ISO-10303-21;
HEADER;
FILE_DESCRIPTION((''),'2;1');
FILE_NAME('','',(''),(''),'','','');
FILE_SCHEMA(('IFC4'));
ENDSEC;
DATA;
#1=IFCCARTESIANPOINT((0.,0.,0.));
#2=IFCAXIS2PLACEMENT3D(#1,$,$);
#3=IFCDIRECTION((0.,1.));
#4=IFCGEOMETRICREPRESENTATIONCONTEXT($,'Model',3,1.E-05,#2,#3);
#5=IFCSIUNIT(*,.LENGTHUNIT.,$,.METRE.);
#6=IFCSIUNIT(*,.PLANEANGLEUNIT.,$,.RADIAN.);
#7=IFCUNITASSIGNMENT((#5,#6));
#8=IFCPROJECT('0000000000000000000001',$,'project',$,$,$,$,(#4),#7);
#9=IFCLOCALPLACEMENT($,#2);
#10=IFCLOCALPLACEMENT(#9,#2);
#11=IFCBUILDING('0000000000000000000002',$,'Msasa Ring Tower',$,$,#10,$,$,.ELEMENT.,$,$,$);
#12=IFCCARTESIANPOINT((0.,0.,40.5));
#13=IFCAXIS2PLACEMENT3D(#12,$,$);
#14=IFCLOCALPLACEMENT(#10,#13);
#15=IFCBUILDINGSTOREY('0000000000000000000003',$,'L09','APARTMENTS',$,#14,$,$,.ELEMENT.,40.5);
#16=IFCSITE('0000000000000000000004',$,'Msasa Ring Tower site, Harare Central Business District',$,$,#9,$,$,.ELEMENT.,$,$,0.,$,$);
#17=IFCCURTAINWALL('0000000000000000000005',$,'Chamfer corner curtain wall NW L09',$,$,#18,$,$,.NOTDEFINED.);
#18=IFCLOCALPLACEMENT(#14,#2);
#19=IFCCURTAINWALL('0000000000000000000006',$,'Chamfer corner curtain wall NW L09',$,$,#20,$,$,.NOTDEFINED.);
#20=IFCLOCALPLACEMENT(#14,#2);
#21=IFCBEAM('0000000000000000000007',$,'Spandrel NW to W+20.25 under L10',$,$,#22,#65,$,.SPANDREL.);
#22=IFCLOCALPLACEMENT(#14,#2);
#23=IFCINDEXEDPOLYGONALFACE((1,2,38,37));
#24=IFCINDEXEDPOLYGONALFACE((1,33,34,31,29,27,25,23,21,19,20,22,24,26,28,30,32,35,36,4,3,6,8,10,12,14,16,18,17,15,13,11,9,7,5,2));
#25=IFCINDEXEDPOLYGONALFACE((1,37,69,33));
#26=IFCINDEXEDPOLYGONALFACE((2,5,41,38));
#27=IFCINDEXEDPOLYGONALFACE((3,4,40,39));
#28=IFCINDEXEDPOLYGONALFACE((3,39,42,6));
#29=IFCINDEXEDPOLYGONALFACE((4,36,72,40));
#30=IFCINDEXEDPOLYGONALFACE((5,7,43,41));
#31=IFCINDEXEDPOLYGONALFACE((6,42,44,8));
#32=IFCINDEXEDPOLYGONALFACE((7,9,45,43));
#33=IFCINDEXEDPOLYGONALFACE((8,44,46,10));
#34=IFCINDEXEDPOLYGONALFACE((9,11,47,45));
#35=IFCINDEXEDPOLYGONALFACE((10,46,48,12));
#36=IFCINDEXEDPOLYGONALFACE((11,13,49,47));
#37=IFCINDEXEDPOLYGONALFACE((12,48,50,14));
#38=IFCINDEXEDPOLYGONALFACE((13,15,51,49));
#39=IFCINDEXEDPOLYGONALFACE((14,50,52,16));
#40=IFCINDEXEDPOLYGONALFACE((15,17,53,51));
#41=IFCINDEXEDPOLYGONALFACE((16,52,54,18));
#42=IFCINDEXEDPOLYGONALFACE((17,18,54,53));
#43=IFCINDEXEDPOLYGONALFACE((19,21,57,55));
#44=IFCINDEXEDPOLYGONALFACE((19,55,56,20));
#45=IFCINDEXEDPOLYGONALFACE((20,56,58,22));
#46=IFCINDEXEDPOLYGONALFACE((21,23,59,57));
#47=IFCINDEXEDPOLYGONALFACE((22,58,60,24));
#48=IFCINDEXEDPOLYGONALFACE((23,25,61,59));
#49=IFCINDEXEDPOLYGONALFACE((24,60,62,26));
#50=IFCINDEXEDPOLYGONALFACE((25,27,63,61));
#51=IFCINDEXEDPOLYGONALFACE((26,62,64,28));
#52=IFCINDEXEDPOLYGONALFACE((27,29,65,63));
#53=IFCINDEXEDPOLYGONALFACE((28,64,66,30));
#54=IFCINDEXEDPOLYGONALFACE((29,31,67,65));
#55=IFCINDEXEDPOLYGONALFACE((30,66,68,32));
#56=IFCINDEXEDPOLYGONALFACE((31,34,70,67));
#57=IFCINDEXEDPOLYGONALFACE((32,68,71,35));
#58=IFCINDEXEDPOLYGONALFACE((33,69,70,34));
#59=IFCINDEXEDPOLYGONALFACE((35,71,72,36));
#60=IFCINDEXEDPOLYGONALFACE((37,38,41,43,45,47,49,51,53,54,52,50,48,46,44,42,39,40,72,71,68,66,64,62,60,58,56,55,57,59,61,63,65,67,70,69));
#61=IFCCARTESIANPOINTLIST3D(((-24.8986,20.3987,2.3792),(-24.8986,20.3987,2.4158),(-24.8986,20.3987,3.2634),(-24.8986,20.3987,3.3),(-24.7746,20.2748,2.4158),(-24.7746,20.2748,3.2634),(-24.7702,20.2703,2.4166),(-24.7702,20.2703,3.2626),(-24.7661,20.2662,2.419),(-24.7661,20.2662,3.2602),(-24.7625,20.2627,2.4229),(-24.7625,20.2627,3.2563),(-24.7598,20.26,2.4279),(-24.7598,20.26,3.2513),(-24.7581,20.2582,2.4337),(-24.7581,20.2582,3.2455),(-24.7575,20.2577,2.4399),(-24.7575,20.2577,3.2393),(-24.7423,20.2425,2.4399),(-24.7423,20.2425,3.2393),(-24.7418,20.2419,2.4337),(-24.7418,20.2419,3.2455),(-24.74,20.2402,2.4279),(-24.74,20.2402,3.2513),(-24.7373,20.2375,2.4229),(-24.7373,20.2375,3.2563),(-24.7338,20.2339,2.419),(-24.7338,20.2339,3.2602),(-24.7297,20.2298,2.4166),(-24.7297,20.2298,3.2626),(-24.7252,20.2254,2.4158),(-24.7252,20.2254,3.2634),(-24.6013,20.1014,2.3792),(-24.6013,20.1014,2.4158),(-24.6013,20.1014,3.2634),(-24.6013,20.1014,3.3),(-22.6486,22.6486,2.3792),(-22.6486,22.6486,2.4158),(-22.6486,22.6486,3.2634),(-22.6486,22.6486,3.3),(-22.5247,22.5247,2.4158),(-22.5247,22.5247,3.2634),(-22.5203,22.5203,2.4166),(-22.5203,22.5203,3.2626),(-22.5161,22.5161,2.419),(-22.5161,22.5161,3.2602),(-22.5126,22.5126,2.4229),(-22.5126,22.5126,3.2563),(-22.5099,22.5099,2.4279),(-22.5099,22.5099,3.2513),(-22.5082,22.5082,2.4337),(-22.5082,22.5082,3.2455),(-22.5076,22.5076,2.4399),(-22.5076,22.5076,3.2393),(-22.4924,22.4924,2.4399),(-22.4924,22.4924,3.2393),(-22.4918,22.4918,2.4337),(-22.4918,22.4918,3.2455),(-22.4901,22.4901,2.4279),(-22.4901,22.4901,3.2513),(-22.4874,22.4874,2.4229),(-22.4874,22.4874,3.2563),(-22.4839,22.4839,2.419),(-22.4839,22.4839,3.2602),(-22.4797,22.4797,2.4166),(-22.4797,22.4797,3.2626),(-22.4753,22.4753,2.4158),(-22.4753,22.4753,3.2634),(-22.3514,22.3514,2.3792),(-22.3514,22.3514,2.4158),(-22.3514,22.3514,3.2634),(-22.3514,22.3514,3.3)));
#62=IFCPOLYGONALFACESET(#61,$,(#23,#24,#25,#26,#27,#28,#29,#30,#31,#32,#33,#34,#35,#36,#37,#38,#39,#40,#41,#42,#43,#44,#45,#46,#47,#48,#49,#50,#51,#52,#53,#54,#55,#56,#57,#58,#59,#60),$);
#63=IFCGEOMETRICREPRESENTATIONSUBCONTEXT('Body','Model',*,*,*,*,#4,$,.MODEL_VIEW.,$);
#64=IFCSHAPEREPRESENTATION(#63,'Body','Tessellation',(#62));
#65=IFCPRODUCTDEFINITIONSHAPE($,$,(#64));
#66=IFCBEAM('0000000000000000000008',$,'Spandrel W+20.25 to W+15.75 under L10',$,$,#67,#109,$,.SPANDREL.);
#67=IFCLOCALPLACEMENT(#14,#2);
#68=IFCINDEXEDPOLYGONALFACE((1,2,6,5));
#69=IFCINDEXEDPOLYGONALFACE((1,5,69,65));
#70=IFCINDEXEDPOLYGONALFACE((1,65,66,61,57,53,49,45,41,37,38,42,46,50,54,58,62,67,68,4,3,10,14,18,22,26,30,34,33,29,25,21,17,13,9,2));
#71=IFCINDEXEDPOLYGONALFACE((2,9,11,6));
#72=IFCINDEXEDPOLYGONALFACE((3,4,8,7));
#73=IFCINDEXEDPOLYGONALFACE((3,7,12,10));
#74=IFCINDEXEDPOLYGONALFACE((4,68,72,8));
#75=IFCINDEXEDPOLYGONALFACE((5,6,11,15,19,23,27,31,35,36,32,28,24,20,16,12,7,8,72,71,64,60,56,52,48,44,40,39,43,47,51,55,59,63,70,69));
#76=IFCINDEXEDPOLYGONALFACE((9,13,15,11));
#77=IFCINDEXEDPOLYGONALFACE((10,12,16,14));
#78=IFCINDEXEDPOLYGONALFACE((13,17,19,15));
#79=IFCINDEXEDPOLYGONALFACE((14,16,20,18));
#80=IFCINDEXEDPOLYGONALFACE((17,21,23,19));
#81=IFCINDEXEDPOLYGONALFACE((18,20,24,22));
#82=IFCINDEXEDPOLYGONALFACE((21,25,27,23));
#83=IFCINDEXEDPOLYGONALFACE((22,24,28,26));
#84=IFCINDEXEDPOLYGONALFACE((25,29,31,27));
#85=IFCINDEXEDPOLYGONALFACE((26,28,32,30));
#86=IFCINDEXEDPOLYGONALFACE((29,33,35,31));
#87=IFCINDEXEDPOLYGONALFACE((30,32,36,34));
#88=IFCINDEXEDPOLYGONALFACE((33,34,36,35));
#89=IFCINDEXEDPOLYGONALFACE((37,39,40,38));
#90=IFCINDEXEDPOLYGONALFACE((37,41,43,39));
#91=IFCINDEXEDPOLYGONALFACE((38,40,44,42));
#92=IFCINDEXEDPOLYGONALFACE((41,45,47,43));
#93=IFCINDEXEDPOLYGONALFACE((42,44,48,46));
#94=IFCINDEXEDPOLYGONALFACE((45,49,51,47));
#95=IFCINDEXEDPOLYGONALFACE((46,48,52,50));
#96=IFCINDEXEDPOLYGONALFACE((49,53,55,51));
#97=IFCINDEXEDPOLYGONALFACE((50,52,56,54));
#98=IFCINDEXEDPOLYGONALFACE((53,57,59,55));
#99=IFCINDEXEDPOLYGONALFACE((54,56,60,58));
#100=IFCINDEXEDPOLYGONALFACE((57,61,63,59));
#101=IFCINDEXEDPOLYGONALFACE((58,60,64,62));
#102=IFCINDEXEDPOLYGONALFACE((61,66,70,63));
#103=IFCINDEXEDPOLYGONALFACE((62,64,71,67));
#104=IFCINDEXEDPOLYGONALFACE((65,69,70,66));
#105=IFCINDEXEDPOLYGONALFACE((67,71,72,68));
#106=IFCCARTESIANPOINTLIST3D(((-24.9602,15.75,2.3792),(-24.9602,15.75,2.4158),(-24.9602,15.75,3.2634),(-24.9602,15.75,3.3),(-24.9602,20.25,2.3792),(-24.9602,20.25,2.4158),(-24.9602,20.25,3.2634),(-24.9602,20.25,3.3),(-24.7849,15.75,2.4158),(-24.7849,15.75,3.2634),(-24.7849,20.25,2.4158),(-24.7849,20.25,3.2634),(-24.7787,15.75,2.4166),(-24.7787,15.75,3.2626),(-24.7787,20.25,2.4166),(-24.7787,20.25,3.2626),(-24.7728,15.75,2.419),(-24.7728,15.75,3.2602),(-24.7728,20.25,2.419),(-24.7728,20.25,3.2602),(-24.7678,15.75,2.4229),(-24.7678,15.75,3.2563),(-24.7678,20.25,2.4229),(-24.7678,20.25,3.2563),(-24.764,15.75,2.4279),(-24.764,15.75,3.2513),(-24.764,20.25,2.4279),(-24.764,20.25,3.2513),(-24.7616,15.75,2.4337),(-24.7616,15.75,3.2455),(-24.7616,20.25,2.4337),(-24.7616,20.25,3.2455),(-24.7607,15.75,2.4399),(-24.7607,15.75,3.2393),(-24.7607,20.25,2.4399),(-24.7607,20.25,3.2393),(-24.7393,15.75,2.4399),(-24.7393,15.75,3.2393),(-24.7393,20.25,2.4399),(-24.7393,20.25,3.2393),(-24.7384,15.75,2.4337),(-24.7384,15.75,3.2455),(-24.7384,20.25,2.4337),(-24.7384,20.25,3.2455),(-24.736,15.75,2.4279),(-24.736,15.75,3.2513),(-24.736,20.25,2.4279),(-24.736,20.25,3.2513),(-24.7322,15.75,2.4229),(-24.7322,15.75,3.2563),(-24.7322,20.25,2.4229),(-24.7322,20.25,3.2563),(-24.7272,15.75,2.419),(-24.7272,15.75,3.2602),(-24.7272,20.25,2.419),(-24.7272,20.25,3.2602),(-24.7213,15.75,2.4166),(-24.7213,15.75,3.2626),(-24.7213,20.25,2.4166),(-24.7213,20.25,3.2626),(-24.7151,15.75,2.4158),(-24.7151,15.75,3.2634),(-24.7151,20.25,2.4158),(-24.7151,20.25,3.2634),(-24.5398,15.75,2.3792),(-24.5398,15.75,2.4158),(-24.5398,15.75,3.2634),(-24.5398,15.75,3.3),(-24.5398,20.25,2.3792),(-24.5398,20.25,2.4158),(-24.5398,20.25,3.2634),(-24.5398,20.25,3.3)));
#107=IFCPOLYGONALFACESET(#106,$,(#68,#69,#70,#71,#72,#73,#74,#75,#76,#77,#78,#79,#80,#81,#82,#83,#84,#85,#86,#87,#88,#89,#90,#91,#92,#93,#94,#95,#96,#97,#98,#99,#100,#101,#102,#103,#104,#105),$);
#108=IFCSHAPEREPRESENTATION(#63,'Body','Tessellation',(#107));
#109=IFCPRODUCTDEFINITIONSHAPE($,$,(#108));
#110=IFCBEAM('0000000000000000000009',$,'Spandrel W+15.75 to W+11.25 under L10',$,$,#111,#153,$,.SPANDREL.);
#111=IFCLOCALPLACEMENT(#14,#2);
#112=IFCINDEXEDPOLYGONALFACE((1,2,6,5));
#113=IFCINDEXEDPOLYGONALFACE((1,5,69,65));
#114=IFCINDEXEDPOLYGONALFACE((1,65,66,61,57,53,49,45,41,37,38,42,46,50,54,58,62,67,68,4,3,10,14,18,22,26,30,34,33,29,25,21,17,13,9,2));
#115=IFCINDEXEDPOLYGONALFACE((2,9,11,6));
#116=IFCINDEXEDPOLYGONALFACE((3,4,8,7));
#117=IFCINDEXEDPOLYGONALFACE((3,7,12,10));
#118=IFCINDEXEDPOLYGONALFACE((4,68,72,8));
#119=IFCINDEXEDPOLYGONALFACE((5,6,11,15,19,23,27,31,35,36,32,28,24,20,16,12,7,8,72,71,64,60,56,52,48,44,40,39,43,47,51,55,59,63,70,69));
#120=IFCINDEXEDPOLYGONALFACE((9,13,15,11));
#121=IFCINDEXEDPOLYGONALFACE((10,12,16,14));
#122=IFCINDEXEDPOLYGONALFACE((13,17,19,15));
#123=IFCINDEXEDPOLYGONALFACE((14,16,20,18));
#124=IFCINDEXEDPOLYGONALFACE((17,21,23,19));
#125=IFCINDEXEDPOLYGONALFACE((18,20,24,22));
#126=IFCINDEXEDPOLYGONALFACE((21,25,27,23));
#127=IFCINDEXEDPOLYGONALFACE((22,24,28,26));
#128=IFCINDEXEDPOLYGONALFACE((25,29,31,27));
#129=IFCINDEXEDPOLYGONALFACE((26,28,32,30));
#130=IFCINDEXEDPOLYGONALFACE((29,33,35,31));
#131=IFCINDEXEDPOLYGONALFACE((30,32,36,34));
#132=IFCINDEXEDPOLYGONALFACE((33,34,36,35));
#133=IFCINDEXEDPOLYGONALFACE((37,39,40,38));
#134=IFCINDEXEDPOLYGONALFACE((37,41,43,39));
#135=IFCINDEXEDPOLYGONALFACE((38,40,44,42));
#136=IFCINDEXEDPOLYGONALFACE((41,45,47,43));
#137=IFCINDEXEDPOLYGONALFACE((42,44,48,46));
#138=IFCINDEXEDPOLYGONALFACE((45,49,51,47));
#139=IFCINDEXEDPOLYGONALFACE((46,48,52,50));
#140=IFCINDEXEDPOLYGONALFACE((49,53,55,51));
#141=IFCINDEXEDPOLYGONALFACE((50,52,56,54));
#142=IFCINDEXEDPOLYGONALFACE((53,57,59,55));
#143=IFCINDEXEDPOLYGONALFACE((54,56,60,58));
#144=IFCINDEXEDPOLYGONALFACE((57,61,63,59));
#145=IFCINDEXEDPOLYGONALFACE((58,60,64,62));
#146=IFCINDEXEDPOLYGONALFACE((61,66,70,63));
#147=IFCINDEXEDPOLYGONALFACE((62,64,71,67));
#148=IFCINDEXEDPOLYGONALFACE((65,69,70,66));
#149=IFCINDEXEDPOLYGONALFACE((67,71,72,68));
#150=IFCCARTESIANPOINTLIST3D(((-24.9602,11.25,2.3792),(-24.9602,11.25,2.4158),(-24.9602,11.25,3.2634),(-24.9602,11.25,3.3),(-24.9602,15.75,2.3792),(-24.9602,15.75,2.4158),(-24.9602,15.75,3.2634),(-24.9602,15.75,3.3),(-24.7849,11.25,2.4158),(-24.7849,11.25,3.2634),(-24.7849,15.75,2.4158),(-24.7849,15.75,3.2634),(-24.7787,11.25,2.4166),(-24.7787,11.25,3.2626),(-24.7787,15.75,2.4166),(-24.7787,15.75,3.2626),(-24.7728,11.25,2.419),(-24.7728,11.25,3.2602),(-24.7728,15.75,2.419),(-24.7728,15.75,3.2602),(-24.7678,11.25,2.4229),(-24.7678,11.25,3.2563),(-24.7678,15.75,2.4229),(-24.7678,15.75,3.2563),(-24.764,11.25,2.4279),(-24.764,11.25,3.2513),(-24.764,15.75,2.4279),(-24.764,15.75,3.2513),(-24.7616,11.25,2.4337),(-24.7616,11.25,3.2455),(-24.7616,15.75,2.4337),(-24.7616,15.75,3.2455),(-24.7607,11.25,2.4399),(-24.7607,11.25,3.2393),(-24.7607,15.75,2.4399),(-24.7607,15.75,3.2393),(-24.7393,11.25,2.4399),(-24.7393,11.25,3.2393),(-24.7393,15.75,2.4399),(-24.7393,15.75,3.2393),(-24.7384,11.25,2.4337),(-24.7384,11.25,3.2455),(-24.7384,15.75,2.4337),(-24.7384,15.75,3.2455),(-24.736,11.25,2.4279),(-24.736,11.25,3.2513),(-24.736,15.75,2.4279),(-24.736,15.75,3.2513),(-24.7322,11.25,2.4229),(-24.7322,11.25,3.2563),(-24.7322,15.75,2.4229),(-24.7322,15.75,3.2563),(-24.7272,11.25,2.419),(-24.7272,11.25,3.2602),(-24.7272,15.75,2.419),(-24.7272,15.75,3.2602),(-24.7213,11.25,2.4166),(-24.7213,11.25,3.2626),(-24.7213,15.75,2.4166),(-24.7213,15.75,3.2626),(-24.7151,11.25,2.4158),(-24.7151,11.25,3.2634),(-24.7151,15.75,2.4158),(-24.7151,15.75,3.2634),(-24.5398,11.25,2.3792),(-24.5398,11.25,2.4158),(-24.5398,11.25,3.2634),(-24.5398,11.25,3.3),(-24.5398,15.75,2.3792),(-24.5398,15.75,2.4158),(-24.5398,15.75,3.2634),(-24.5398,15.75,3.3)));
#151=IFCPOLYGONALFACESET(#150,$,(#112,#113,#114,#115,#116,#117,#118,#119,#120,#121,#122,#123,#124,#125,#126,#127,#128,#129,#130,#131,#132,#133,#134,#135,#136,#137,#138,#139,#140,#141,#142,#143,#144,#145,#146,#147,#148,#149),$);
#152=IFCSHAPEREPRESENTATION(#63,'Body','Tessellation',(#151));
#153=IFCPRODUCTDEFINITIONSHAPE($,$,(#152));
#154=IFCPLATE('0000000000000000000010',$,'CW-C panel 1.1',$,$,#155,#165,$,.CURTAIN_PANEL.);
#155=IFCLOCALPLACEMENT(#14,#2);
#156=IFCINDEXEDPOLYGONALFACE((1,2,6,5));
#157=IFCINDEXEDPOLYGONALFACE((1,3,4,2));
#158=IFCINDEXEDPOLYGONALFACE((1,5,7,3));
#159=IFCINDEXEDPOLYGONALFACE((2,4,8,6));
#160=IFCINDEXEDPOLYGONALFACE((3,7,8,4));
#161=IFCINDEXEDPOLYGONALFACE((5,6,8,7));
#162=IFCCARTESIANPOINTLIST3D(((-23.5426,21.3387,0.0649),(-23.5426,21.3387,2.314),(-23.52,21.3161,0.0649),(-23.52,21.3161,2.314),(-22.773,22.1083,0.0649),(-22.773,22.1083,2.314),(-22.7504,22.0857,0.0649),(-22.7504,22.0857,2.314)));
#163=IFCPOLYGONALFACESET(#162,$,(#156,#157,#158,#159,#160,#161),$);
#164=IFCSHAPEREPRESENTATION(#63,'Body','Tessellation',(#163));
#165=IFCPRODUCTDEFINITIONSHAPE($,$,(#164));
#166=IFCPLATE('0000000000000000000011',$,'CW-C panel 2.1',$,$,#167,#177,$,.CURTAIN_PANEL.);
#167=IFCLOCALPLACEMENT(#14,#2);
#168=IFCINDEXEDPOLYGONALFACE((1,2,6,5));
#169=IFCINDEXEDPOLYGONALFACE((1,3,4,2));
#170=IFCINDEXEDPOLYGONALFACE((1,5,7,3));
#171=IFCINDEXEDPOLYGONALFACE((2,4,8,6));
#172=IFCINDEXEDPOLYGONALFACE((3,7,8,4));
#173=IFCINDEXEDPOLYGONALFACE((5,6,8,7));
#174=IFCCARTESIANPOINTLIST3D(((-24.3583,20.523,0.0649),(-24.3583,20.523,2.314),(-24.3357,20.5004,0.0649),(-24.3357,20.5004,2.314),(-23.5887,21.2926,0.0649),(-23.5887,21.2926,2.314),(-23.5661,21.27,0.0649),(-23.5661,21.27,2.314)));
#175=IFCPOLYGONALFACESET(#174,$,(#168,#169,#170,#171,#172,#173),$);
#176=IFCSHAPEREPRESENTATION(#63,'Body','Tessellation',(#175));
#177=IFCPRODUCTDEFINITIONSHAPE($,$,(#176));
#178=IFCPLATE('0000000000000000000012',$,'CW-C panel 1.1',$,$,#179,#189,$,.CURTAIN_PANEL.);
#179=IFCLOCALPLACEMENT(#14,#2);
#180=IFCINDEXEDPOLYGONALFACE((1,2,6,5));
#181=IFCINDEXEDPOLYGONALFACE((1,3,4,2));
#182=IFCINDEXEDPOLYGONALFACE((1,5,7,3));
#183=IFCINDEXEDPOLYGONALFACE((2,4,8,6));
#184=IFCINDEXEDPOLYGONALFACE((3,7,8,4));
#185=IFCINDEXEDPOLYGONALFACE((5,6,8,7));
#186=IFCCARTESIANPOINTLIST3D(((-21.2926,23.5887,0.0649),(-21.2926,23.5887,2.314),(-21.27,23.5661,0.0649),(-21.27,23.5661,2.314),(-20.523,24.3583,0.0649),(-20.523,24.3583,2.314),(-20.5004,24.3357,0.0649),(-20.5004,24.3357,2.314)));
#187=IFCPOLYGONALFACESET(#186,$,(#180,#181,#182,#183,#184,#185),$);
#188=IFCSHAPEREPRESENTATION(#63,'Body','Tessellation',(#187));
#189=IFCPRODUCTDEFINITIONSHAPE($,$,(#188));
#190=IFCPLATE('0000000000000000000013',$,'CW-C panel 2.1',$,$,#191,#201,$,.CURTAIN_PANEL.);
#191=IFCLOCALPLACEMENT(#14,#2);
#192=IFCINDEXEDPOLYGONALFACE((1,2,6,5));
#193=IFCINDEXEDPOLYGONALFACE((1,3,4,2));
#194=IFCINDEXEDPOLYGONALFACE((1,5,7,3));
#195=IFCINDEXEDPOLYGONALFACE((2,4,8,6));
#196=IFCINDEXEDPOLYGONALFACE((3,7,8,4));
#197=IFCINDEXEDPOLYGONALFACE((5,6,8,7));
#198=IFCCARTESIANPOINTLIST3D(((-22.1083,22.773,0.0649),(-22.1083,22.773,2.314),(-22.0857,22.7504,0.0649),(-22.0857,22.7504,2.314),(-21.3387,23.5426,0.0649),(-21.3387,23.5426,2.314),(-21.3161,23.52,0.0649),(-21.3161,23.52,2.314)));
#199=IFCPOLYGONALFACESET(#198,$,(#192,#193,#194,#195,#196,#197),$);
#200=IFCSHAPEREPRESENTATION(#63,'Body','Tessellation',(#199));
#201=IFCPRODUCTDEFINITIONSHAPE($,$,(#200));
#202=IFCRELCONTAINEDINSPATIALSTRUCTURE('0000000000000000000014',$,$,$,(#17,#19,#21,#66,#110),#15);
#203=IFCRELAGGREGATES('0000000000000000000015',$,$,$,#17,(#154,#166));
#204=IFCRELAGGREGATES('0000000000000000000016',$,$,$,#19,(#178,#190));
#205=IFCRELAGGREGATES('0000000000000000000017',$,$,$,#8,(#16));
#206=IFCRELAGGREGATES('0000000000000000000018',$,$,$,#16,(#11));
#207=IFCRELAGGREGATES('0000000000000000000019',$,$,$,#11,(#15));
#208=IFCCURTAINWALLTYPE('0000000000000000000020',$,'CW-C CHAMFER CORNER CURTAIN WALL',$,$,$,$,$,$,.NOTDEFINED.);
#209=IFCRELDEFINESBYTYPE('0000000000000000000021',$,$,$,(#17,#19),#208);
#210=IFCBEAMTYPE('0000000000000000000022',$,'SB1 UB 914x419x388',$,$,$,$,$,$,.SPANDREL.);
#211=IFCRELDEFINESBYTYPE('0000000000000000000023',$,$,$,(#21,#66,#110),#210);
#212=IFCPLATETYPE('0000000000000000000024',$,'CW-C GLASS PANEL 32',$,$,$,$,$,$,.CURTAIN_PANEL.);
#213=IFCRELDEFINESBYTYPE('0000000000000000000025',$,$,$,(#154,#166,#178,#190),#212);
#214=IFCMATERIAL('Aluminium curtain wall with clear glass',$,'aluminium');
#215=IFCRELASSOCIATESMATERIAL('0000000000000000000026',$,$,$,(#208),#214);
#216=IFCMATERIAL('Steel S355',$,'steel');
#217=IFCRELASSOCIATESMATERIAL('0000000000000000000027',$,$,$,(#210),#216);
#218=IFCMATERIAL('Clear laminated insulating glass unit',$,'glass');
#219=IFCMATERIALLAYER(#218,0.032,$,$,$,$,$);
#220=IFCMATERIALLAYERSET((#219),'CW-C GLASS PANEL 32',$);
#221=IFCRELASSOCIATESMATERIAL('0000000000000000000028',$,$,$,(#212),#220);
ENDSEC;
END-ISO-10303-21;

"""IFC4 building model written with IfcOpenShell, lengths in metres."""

from ifc_helpers import new_model, si_unit, direction, frame, origin, origin_2d, place, context, subcontext, project, spatial, rectangle, i_section, extrude, material, layer, layer_set, material_profile, profile_set, type_object, element, aggregate, save


model = new_model("IFC4")

# Units and contexts
model_context = context("Model", 3, precision=1e-05, world=origin(), true_north=direction((0.0, 1.0)))
body_context = subcontext(model_context, "Body", "Model", "MODEL_VIEW")
ifc_project = project(units=[si_unit("LENGTHUNIT", "METRE"), si_unit("PLANEANGLEUNIT", "RADIAN")], contexts=[model_context])

# Site, building, storey
site_placement = place(None, origin())
site = spatial("IfcSite", under=ifc_project, at=site_placement, Name="Msasa Ring Tower site, Harare Central Business District", CompositionType="ELEMENT", RefElevation=0.0)
building_placement = place(site_placement, origin())
building = spatial("IfcBuilding", under=site, at=building_placement, Name="Msasa Ring Tower", CompositionType="ELEMENT")
storey_placement = place(building_placement, frame((0.0, 0.0, 40.5)))
storey = spatial("IfcBuildingStorey", under=building, at=storey_placement, Name="L09", Description="APARTMENTS", CompositionType="ELEMENT", Elevation=40.5)

# Curtain walls
ifc_material_1 = material(Name="Aluminium curtain wall with clear glass", Category="aluminium")
curtain_wall_type = type_object("IfcCurtainWallType", Name="CW-C CHAMFER CORNER CURTAIN WALL", PredefinedType="NOTDEFINED", material=ifc_material_1)
curtain_wall_1_placement = place(storey_placement, origin())
curtain_wall_1 = element("IfcCurtainWall", 1, at=curtain_wall_1_placement, inside=storey, type_object=curtain_wall_type, Name="Chamfer corner curtain wall NW L09", PredefinedType="NOTDEFINED")
curtain_wall_2_placement = place(storey_placement, origin())
curtain_wall_2 = element("IfcCurtainWall", 2, at=curtain_wall_2_placement, inside=storey, type_object=curtain_wall_type, Name="Chamfer corner curtain wall NW L09", PredefinedType="NOTDEFINED")

# Beams
ifc_material_2 = material(Name="Steel S355", Category="steel")
ifc_material_profile_1 = material_profile(ifc_material_2, i_section(OverallWidth=0.4204, OverallDepth=0.9209, WebThickness=0.0215, FlangeThickness=0.0366, FilletRadius=0.0242, at=origin_2d()), Name="UB 914x419x388")
ifc_profile_set_1 = profile_set([ifc_material_profile_1], Name="Steel S355")
beam_type_1 = type_object("IfcBeamType", Name="SB1 UB 914x419x388", PredefinedType="SPANDREL", material=ifc_profile_set_1)
for number, where, z_axis, x_axis, name in (
    (3, (-22.5, 22.5, 2.8396), (-0.707107, -0.707107, 0.0), (0.707107, -0.707107, 0.0), "Spandrel NW to W+20.25 under L10"),
):
    element("IfcBeam", number, at=place(storey_placement, frame(where, z_axis=z_axis, x_axis=x_axis)), inside=storey, type_object=beam_type_1, Name=name, PredefinedType="SPANDREL", context=body_context, shape_type="SweptSolid", body=[
        extrude(i_section(OverallWidth=0.4204, OverallDepth=0.9209, WebThickness=0.0215, FlangeThickness=0.0366, FilletRadius=0.0242, at=origin_2d()), origin(), (0.0, 0.0, 1.0), 3.1819),
    ])
for number, where, z_axis, x_axis, name in (
    (4, (-24.75, 20.25, 2.8396), (0.0, -1.0, 0.0), (1.0, 0.0, 0.0), "Spandrel W+20.25 to W+15.75 under L10"),
    (5, (-24.75, 15.75, 2.8396), (0.0, -1.0, 0.0), (1.0, 0.0, 0.0), "Spandrel W+15.75 to W+11.25 under L10"),
):
    element("IfcBeam", number, at=place(storey_placement, frame(where, z_axis=z_axis, x_axis=x_axis)), inside=storey, type_object=beam_type_1, Name=name, PredefinedType="SPANDREL", context=body_context, shape_type="SweptSolid", body=[
        extrude(i_section(OverallWidth=0.4204, OverallDepth=0.9209, WebThickness=0.0215, FlangeThickness=0.0366, FilletRadius=0.0242, at=origin_2d()), origin(), (0.0, 0.0, 1.0), 4.5),
    ])

# Plates
ifc_material_3 = material(Name="Clear laminated insulating glass unit", Category="glass")
ifc_layer_1 = layer(ifc_material_3, 0.032)
ifc_layer_set_1 = layer_set([ifc_layer_1], Name="CW-C GLASS PANEL 32")
plate_type = type_object("IfcPlateType", Name="CW-C GLASS PANEL 32", PredefinedType="CURTAIN_PANEL", material=ifc_layer_set_1)
plate_1_placement = place(storey_placement, frame((-23.1465, 21.7122, 0.0649), z_axis=(0.0, 0.0, 1.0), x_axis=(-0.707107, -0.707107, 0.0)))
plate_1 = element("IfcPlate", 6, at=plate_1_placement, type_object=plate_type, Name="CW-C panel 1.1", PredefinedType="CURTAIN_PANEL", context=body_context, shape_type="SweptSolid", body=[
    extrude(rectangle(XDim=1.0884, YDim=0.032, at=origin_2d()), origin(), (0.0, 0.0, 1.0), 2.249),
])
plate_2_placement = place(storey_placement, frame((-23.9622, 20.8965, 0.0649), z_axis=(0.0, 0.0, 1.0), x_axis=(-0.707107, -0.707107, 0.0)))
plate_2 = element("IfcPlate", 7, at=plate_2_placement, type_object=plate_type, Name="CW-C panel 2.1", PredefinedType="CURTAIN_PANEL", context=body_context, shape_type="SweptSolid", body=[
    extrude(rectangle(XDim=1.0884, YDim=0.032, at=origin_2d()), origin(), (0.0, 0.0, 1.0), 2.249),
])
aggregate(curtain_wall_1, [plate_1, plate_2])
plate_3_placement = place(storey_placement, frame((-20.8965, 23.9622, 0.0649), z_axis=(0.0, 0.0, 1.0), x_axis=(-0.707107, -0.707107, 0.0)))
plate_3 = element("IfcPlate", 8, at=plate_3_placement, type_object=plate_type, Name="CW-C panel 1.1", PredefinedType="CURTAIN_PANEL", context=body_context, shape_type="SweptSolid", body=[
    extrude(rectangle(XDim=1.0884, YDim=0.032, at=origin_2d()), origin(), (0.0, 0.0, 1.0), 2.249),
])
plate_4_placement = place(storey_placement, frame((-21.7122, 23.1465, 0.0649), z_axis=(0.0, 0.0, 1.0), x_axis=(-0.707107, -0.707107, 0.0)))
plate_4 = element("IfcPlate", 9, at=plate_4_placement, type_object=plate_type, Name="CW-C panel 2.1", PredefinedType="CURTAIN_PANEL", context=body_context, shape_type="SweptSolid", body=[
    extrude(rectangle(XDim=1.0884, YDim=0.032, at=origin_2d()), origin(), (0.0, 0.0, 1.0), 2.249),
])
aggregate(curtain_wall_2, [plate_3, plate_4])

save(model, "model.ifc")
